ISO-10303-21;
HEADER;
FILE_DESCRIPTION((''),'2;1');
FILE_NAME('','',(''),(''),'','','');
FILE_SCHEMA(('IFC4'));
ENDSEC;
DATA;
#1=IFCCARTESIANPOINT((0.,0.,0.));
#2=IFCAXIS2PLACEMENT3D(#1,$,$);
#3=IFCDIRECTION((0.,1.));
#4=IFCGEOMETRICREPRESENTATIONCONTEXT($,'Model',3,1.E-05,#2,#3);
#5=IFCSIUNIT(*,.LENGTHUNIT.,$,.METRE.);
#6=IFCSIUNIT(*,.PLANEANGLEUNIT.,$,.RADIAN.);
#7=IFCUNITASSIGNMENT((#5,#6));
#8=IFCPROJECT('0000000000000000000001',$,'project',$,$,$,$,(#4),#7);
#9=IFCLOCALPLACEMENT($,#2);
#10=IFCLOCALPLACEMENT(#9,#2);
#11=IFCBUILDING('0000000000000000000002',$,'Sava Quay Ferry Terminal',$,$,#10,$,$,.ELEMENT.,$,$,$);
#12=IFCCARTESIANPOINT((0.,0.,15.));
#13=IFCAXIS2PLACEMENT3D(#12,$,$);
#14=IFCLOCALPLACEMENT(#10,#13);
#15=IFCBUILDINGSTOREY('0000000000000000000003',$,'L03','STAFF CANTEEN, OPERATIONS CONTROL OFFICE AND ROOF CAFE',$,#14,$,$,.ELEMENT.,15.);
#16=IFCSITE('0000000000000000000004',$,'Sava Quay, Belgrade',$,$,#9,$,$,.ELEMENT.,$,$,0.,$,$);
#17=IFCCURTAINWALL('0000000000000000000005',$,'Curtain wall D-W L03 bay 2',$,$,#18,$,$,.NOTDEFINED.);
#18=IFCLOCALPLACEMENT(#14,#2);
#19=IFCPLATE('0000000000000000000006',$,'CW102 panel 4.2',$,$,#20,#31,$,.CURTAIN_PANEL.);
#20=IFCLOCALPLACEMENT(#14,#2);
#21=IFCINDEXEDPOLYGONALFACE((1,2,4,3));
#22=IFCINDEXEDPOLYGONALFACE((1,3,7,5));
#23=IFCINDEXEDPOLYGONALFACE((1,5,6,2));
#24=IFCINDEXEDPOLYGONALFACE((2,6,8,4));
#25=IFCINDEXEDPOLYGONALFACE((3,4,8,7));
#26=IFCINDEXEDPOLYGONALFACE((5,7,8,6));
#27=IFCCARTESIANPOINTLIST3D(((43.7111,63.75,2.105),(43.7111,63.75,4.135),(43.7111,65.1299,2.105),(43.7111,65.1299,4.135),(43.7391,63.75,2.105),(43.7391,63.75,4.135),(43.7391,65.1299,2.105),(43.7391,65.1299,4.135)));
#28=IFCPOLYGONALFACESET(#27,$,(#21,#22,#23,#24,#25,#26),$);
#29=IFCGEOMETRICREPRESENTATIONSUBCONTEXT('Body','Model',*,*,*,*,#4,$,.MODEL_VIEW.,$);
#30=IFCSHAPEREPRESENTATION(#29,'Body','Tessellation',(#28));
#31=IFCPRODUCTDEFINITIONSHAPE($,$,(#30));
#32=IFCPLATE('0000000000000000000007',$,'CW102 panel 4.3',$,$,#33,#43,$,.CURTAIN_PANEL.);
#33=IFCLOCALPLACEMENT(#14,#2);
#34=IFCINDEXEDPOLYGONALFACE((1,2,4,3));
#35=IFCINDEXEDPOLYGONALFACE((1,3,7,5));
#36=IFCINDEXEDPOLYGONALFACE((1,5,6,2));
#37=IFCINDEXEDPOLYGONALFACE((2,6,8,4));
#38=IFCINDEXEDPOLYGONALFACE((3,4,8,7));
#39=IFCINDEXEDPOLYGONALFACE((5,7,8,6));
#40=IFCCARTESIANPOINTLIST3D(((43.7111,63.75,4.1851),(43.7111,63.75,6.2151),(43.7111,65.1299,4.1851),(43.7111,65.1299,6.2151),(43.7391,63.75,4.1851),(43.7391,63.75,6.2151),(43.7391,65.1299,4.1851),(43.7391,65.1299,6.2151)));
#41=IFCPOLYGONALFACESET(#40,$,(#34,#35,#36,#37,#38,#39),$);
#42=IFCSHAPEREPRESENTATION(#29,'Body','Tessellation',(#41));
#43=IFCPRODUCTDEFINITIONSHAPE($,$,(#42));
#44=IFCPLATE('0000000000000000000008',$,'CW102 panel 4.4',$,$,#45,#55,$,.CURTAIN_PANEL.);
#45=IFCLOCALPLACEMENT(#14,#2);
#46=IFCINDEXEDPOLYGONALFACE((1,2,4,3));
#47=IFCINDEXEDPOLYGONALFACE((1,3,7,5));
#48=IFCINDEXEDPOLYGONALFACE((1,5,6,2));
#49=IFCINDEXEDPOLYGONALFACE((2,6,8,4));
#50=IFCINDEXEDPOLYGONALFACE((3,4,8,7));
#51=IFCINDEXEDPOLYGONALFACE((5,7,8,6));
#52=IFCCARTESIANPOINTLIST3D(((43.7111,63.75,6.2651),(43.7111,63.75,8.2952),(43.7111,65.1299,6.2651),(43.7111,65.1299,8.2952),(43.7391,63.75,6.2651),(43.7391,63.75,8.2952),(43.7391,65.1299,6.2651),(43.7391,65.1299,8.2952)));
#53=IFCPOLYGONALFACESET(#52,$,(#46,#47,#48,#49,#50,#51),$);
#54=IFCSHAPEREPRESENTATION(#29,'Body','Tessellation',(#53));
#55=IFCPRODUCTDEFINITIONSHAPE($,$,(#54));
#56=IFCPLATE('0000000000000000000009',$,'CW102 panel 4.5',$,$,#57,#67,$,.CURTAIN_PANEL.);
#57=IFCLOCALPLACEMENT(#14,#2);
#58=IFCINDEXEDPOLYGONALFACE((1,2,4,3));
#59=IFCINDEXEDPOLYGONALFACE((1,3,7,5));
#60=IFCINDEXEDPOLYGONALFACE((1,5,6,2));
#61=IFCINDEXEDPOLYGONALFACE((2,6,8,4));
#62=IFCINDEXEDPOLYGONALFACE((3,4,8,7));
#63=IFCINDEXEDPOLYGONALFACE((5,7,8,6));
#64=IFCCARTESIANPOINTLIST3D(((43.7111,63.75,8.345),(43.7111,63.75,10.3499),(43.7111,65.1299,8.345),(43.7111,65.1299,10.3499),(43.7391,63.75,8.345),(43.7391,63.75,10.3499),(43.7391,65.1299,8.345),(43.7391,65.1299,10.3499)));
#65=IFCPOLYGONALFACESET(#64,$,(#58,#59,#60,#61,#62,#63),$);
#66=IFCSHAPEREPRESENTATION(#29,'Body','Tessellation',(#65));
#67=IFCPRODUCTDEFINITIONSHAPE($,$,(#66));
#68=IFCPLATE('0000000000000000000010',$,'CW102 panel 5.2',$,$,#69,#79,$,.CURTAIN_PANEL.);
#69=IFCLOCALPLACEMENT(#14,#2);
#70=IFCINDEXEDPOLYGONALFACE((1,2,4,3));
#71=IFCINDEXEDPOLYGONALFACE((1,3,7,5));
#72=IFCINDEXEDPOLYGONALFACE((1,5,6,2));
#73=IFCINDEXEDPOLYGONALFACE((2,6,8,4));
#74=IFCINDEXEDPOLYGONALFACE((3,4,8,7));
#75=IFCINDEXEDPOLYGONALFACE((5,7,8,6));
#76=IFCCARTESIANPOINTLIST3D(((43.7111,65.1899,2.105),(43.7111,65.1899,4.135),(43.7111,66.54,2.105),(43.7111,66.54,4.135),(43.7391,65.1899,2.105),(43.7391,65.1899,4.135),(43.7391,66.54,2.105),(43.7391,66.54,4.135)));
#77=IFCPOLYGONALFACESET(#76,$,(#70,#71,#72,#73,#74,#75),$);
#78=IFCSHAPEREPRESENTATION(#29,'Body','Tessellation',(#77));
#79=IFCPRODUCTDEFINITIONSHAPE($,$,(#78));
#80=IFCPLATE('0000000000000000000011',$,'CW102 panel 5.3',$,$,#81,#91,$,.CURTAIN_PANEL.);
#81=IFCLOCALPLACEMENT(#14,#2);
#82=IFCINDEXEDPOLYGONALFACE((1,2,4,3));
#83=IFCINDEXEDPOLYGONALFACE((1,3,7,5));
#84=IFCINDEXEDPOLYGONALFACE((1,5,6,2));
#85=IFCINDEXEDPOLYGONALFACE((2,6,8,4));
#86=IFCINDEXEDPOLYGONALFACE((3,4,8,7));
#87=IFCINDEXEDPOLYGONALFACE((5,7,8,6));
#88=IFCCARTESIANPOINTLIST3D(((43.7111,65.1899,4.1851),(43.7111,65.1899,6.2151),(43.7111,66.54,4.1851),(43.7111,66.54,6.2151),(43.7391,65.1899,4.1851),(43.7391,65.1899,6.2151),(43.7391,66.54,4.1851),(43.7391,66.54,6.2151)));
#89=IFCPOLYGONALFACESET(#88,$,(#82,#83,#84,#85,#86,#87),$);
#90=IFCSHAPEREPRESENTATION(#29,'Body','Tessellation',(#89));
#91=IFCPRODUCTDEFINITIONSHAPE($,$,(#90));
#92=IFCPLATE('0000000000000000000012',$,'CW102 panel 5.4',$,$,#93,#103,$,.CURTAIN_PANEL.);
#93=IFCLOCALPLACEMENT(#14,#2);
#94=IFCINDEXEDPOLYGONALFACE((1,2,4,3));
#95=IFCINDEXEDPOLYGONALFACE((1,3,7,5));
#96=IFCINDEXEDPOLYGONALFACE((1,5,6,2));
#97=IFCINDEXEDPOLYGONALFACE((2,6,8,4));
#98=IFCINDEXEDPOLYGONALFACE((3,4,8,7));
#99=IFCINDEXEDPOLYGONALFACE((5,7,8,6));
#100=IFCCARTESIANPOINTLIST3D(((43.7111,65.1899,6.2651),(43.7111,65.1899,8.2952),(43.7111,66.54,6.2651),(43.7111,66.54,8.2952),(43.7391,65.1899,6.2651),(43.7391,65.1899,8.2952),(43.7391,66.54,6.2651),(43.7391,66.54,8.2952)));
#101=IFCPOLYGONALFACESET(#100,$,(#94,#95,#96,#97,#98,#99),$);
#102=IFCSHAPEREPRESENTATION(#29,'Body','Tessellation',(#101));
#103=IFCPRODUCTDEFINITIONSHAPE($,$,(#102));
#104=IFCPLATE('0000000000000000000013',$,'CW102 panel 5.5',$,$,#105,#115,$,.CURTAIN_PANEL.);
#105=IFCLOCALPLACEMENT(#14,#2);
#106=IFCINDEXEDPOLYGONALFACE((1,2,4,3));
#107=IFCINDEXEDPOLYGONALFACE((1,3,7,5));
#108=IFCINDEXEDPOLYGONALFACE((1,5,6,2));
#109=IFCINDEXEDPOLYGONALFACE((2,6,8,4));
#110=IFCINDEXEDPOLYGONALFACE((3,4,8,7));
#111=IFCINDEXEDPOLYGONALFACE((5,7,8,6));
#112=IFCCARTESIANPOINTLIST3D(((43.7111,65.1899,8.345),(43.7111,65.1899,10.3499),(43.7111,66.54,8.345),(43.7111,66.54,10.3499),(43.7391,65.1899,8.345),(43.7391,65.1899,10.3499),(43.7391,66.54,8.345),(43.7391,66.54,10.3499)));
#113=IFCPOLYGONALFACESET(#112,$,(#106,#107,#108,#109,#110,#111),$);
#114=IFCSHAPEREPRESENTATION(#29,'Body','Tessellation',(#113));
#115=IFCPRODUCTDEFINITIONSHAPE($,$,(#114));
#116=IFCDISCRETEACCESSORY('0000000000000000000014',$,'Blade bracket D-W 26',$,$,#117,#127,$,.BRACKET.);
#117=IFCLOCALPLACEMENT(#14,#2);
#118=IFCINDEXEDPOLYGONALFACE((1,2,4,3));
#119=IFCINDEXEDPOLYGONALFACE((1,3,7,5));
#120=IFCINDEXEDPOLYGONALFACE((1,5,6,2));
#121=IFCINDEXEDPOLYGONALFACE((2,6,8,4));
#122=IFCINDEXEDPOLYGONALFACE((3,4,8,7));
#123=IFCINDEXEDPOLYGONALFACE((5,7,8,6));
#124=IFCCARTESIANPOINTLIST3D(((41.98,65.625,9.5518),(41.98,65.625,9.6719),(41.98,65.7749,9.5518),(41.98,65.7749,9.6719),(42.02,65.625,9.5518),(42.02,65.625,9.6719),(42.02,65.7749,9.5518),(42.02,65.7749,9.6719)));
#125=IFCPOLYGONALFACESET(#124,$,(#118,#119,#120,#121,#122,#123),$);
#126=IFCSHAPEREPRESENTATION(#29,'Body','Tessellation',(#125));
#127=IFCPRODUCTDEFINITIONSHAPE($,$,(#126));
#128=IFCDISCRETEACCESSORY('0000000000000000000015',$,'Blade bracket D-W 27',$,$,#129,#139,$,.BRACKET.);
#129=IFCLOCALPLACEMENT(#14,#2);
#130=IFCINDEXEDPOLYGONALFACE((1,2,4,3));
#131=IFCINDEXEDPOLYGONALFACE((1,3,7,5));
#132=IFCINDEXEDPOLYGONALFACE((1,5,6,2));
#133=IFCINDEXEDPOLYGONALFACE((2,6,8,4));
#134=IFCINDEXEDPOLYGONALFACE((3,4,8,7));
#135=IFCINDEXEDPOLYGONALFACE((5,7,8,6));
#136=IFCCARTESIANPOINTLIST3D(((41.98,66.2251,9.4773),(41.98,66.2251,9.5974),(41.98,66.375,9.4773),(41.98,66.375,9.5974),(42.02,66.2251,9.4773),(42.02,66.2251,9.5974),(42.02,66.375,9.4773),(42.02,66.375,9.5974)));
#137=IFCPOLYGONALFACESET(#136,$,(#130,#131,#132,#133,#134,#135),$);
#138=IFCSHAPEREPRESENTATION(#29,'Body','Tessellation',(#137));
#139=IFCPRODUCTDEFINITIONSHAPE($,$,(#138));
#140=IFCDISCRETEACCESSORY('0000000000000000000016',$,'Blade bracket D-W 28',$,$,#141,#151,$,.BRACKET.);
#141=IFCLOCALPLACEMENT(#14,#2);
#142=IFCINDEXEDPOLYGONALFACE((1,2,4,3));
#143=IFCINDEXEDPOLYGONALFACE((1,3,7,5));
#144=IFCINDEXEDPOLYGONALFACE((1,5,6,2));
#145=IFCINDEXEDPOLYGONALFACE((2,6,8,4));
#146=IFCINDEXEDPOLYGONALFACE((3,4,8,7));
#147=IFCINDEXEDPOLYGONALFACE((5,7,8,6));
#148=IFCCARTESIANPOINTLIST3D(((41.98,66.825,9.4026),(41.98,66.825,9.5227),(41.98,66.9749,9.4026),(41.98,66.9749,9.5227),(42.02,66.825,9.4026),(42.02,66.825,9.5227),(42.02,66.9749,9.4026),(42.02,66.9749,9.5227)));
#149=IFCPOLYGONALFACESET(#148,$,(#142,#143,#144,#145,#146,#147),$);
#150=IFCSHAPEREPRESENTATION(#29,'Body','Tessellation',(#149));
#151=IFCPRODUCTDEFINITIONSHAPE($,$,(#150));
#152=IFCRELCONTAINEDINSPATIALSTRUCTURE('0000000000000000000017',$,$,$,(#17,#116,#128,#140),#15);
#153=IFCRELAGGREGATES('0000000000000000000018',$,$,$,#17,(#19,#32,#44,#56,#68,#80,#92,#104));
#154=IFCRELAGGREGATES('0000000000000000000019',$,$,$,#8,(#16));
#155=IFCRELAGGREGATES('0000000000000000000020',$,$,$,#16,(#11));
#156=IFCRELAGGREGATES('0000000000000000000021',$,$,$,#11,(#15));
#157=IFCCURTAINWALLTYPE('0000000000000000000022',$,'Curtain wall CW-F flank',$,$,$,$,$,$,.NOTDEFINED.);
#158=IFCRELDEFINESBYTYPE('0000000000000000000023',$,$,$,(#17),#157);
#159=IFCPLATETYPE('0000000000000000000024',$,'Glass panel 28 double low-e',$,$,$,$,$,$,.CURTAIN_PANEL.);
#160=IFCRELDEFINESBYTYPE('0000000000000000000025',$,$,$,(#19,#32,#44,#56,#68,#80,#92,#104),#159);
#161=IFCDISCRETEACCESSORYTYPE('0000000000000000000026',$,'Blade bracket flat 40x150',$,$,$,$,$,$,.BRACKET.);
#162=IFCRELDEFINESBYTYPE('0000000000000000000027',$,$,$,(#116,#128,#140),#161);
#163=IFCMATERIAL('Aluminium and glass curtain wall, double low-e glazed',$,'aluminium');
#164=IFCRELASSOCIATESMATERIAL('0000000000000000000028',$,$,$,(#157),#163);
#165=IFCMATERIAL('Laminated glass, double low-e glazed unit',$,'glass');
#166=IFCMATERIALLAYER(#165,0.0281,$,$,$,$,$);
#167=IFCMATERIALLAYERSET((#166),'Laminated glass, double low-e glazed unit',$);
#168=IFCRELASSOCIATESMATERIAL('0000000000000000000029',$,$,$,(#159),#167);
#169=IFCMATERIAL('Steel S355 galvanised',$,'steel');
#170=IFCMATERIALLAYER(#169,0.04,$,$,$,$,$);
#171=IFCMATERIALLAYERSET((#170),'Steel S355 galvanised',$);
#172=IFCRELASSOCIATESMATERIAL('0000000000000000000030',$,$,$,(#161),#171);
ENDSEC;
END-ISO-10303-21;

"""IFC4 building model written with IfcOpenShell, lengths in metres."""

from ifc_helpers import new_model, si_unit, direction, frame, origin, origin_2d, place, context, subcontext, project, spatial, rectangle, extrude, material, layer, layer_set, type_object, element, aggregate, save


model = new_model("IFC4")

# Units and contexts
model_context = context("Model", 3, precision=1e-05, world=origin(), true_north=direction((0.0, 1.0)))
body_context = subcontext(model_context, "Body", "Model", "MODEL_VIEW")
ifc_project = project(units=[si_unit("LENGTHUNIT", "METRE"), si_unit("PLANEANGLEUNIT", "RADIAN")], contexts=[model_context])

# Site, building, storey
site_placement = place(None, origin())
site = spatial("IfcSite", under=ifc_project, at=site_placement, Name="Sava Quay, Belgrade", CompositionType="ELEMENT", RefElevation=0.0)
building_placement = place(site_placement, origin())
building = spatial("IfcBuilding", under=site, at=building_placement, Name="Sava Quay Ferry Terminal", CompositionType="ELEMENT")
storey_placement = place(building_placement, frame((0.0, 0.0, 15.0)))
storey = spatial("IfcBuildingStorey", under=building, at=storey_placement, Name="L03", Description="STAFF CANTEEN, OPERATIONS CONTROL OFFICE AND ROOF CAFE", CompositionType="ELEMENT", Elevation=15.0)

# Curtain wall, plates
ifc_material_1 = material(Name="Aluminium and glass curtain wall, double low-e glazed", Category="aluminium")
curtain_wall_type = type_object("IfcCurtainWallType", Name="Curtain wall CW-F flank", PredefinedType="NOTDEFINED", material=ifc_material_1)
curtain_wall_placement = place(storey_placement, origin())
curtain_wall = element("IfcCurtainWall", 1, at=curtain_wall_placement, inside=storey, type_object=curtain_wall_type, Name="Curtain wall D-W L03 bay 2", PredefinedType="NOTDEFINED")
ifc_material_2 = material(Name="Laminated glass, double low-e glazed unit", Category="glass")
ifc_layer_1 = layer(ifc_material_2, 0.0281)
ifc_layer_set_1 = layer_set([ifc_layer_1], Name="Laminated glass, double low-e glazed unit")
plate_type = type_object("IfcPlateType", Name="Glass panel 28 double low-e", PredefinedType="CURTAIN_PANEL", material=ifc_layer_set_1)
plate_1_placement = place(storey_placement, frame((43.7251, 64.4399, 2.105), z_axis=(0.0, 0.0, 1.0), x_axis=(0.0, 1.0, 0.0)))
plate_1 = element("IfcPlate", 2, at=plate_1_placement, type_object=plate_type, Name="CW102 panel 4.2", PredefinedType="CURTAIN_PANEL", context=body_context, shape_type="SweptSolid", body=[
    extrude(rectangle(XDim=1.3799, YDim=0.0281, at=origin_2d()), origin(), (0.0, 0.0, 1.0), 2.03),
])
plate_2_placement = place(storey_placement, frame((43.7251, 64.4399, 4.1851), z_axis=(0.0, 0.0, 1.0), x_axis=(0.0, 1.0, 0.0)))
plate_2 = element("IfcPlate", 3, at=plate_2_placement, type_object=plate_type, Name="CW102 panel 4.3", PredefinedType="CURTAIN_PANEL", context=body_context, shape_type="SweptSolid", body=[
    extrude(rectangle(XDim=1.3799, YDim=0.0281, at=origin_2d()), origin(), (0.0, 0.0, 1.0), 2.03),
])
plate_3_placement = place(storey_placement, frame((43.7251, 64.4399, 6.2651), z_axis=(0.0, 0.0, 1.0), x_axis=(0.0, 1.0, 0.0)))
plate_3 = element("IfcPlate", 4, at=plate_3_placement, type_object=plate_type, Name="CW102 panel 4.4", PredefinedType="CURTAIN_PANEL", context=body_context, shape_type="SweptSolid", body=[
    extrude(rectangle(XDim=1.3799, YDim=0.0281, at=origin_2d()), origin(), (0.0, 0.0, 1.0), 2.03),
])
plate_4_placement = place(storey_placement, frame((43.7251, 64.4399, 8.345), z_axis=(0.0, 0.0, 1.0), x_axis=(0.0, 1.0, 0.0)))
plate_4 = element("IfcPlate", 5, at=plate_4_placement, type_object=plate_type, Name="CW102 panel 4.5", PredefinedType="CURTAIN_PANEL", context=body_context, shape_type="SweptSolid", body=[
    extrude(rectangle(XDim=1.3799, YDim=0.0281, at=origin_2d()), origin(), (0.0, 0.0, 1.0), 2.0049),
])
plate_5_placement = place(storey_placement, frame((43.7251, 65.865, 2.105), z_axis=(0.0, 0.0, 1.0), x_axis=(0.0, 1.0, 0.0)))
plate_5 = element("IfcPlate", 6, at=plate_5_placement, type_object=plate_type, Name="CW102 panel 5.2", PredefinedType="CURTAIN_PANEL", context=body_context, shape_type="SweptSolid", body=[
    extrude(rectangle(XDim=1.3501, YDim=0.0281, at=origin_2d()), origin(), (0.0, 0.0, 1.0), 2.03),
])
plate_6_placement = place(storey_placement, frame((43.7251, 65.865, 4.1851), z_axis=(0.0, 0.0, 1.0), x_axis=(0.0, 1.0, 0.0)))
plate_6 = element("IfcPlate", 7, at=plate_6_placement, type_object=plate_type, Name="CW102 panel 5.3", PredefinedType="CURTAIN_PANEL", context=body_context, shape_type="SweptSolid", body=[
    extrude(rectangle(XDim=1.3501, YDim=0.0281, at=origin_2d()), origin(), (0.0, 0.0, 1.0), 2.03),
])
plate_7_placement = place(storey_placement, frame((43.7251, 65.865, 6.2651), z_axis=(0.0, 0.0, 1.0), x_axis=(0.0, 1.0, 0.0)))
plate_7 = element("IfcPlate", 8, at=plate_7_placement, type_object=plate_type, Name="CW102 panel 5.4", PredefinedType="CURTAIN_PANEL", context=body_context, shape_type="SweptSolid", body=[
    extrude(rectangle(XDim=1.3501, YDim=0.0281, at=origin_2d()), origin(), (0.0, 0.0, 1.0), 2.03),
])
plate_8_placement = place(storey_placement, frame((43.7251, 65.865, 8.345), z_axis=(0.0, 0.0, 1.0), x_axis=(0.0, 1.0, 0.0)))
plate_8 = element("IfcPlate", 9, at=plate_8_placement, type_object=plate_type, Name="CW102 panel 5.5", PredefinedType="CURTAIN_PANEL", context=body_context, shape_type="SweptSolid", body=[
    extrude(rectangle(XDim=1.3501, YDim=0.0281, at=origin_2d()), origin(), (0.0, 0.0, 1.0), 2.0049),
])
aggregate(curtain_wall, [plate_1, plate_2, plate_3, plate_4, plate_5, plate_6, plate_7, plate_8])

# Discrete accessories
ifc_material_3 = material(Name="Steel S355 galvanised", Category="steel")
ifc_layer_2 = layer(ifc_material_3, 0.04)
ifc_layer_set_2 = layer_set([ifc_layer_2], Name="Steel S355 galvanised")
discrete_accessory_type = type_object("IfcDiscreteAccessoryType", Name="Blade bracket flat 40x150", PredefinedType="BRACKET", material=ifc_layer_set_2)
for number, where, z_axis, x_axis, name in (
    (10, (42.0, 65.7, 9.5518), (0.0, 0.0, 1.0), (1.0, 0.0, 0.0), "Blade bracket D-W 26"),
    (11, (42.0, 66.3, 9.4773), (0.0, 0.0, 1.0), (1.0, 0.0, 0.0), "Blade bracket D-W 27"),
    (12, (42.0, 66.8999, 9.4026), (0.0, 0.0, 1.0), (1.0, 0.0, 0.0), "Blade bracket D-W 28"),
):
    element("IfcDiscreteAccessory", number, at=place(storey_placement, frame(where, z_axis=z_axis, x_axis=x_axis)), inside=storey, type_object=discrete_accessory_type, Name=name, PredefinedType="BRACKET", context=body_context, shape_type="SweptSolid", body=[
        extrude(rectangle(XDim=0.04, YDim=0.1499, at=origin_2d()), origin(), (0.0, 0.0, 1.0), 0.1201),
    ])

save(model, "model.ifc")
